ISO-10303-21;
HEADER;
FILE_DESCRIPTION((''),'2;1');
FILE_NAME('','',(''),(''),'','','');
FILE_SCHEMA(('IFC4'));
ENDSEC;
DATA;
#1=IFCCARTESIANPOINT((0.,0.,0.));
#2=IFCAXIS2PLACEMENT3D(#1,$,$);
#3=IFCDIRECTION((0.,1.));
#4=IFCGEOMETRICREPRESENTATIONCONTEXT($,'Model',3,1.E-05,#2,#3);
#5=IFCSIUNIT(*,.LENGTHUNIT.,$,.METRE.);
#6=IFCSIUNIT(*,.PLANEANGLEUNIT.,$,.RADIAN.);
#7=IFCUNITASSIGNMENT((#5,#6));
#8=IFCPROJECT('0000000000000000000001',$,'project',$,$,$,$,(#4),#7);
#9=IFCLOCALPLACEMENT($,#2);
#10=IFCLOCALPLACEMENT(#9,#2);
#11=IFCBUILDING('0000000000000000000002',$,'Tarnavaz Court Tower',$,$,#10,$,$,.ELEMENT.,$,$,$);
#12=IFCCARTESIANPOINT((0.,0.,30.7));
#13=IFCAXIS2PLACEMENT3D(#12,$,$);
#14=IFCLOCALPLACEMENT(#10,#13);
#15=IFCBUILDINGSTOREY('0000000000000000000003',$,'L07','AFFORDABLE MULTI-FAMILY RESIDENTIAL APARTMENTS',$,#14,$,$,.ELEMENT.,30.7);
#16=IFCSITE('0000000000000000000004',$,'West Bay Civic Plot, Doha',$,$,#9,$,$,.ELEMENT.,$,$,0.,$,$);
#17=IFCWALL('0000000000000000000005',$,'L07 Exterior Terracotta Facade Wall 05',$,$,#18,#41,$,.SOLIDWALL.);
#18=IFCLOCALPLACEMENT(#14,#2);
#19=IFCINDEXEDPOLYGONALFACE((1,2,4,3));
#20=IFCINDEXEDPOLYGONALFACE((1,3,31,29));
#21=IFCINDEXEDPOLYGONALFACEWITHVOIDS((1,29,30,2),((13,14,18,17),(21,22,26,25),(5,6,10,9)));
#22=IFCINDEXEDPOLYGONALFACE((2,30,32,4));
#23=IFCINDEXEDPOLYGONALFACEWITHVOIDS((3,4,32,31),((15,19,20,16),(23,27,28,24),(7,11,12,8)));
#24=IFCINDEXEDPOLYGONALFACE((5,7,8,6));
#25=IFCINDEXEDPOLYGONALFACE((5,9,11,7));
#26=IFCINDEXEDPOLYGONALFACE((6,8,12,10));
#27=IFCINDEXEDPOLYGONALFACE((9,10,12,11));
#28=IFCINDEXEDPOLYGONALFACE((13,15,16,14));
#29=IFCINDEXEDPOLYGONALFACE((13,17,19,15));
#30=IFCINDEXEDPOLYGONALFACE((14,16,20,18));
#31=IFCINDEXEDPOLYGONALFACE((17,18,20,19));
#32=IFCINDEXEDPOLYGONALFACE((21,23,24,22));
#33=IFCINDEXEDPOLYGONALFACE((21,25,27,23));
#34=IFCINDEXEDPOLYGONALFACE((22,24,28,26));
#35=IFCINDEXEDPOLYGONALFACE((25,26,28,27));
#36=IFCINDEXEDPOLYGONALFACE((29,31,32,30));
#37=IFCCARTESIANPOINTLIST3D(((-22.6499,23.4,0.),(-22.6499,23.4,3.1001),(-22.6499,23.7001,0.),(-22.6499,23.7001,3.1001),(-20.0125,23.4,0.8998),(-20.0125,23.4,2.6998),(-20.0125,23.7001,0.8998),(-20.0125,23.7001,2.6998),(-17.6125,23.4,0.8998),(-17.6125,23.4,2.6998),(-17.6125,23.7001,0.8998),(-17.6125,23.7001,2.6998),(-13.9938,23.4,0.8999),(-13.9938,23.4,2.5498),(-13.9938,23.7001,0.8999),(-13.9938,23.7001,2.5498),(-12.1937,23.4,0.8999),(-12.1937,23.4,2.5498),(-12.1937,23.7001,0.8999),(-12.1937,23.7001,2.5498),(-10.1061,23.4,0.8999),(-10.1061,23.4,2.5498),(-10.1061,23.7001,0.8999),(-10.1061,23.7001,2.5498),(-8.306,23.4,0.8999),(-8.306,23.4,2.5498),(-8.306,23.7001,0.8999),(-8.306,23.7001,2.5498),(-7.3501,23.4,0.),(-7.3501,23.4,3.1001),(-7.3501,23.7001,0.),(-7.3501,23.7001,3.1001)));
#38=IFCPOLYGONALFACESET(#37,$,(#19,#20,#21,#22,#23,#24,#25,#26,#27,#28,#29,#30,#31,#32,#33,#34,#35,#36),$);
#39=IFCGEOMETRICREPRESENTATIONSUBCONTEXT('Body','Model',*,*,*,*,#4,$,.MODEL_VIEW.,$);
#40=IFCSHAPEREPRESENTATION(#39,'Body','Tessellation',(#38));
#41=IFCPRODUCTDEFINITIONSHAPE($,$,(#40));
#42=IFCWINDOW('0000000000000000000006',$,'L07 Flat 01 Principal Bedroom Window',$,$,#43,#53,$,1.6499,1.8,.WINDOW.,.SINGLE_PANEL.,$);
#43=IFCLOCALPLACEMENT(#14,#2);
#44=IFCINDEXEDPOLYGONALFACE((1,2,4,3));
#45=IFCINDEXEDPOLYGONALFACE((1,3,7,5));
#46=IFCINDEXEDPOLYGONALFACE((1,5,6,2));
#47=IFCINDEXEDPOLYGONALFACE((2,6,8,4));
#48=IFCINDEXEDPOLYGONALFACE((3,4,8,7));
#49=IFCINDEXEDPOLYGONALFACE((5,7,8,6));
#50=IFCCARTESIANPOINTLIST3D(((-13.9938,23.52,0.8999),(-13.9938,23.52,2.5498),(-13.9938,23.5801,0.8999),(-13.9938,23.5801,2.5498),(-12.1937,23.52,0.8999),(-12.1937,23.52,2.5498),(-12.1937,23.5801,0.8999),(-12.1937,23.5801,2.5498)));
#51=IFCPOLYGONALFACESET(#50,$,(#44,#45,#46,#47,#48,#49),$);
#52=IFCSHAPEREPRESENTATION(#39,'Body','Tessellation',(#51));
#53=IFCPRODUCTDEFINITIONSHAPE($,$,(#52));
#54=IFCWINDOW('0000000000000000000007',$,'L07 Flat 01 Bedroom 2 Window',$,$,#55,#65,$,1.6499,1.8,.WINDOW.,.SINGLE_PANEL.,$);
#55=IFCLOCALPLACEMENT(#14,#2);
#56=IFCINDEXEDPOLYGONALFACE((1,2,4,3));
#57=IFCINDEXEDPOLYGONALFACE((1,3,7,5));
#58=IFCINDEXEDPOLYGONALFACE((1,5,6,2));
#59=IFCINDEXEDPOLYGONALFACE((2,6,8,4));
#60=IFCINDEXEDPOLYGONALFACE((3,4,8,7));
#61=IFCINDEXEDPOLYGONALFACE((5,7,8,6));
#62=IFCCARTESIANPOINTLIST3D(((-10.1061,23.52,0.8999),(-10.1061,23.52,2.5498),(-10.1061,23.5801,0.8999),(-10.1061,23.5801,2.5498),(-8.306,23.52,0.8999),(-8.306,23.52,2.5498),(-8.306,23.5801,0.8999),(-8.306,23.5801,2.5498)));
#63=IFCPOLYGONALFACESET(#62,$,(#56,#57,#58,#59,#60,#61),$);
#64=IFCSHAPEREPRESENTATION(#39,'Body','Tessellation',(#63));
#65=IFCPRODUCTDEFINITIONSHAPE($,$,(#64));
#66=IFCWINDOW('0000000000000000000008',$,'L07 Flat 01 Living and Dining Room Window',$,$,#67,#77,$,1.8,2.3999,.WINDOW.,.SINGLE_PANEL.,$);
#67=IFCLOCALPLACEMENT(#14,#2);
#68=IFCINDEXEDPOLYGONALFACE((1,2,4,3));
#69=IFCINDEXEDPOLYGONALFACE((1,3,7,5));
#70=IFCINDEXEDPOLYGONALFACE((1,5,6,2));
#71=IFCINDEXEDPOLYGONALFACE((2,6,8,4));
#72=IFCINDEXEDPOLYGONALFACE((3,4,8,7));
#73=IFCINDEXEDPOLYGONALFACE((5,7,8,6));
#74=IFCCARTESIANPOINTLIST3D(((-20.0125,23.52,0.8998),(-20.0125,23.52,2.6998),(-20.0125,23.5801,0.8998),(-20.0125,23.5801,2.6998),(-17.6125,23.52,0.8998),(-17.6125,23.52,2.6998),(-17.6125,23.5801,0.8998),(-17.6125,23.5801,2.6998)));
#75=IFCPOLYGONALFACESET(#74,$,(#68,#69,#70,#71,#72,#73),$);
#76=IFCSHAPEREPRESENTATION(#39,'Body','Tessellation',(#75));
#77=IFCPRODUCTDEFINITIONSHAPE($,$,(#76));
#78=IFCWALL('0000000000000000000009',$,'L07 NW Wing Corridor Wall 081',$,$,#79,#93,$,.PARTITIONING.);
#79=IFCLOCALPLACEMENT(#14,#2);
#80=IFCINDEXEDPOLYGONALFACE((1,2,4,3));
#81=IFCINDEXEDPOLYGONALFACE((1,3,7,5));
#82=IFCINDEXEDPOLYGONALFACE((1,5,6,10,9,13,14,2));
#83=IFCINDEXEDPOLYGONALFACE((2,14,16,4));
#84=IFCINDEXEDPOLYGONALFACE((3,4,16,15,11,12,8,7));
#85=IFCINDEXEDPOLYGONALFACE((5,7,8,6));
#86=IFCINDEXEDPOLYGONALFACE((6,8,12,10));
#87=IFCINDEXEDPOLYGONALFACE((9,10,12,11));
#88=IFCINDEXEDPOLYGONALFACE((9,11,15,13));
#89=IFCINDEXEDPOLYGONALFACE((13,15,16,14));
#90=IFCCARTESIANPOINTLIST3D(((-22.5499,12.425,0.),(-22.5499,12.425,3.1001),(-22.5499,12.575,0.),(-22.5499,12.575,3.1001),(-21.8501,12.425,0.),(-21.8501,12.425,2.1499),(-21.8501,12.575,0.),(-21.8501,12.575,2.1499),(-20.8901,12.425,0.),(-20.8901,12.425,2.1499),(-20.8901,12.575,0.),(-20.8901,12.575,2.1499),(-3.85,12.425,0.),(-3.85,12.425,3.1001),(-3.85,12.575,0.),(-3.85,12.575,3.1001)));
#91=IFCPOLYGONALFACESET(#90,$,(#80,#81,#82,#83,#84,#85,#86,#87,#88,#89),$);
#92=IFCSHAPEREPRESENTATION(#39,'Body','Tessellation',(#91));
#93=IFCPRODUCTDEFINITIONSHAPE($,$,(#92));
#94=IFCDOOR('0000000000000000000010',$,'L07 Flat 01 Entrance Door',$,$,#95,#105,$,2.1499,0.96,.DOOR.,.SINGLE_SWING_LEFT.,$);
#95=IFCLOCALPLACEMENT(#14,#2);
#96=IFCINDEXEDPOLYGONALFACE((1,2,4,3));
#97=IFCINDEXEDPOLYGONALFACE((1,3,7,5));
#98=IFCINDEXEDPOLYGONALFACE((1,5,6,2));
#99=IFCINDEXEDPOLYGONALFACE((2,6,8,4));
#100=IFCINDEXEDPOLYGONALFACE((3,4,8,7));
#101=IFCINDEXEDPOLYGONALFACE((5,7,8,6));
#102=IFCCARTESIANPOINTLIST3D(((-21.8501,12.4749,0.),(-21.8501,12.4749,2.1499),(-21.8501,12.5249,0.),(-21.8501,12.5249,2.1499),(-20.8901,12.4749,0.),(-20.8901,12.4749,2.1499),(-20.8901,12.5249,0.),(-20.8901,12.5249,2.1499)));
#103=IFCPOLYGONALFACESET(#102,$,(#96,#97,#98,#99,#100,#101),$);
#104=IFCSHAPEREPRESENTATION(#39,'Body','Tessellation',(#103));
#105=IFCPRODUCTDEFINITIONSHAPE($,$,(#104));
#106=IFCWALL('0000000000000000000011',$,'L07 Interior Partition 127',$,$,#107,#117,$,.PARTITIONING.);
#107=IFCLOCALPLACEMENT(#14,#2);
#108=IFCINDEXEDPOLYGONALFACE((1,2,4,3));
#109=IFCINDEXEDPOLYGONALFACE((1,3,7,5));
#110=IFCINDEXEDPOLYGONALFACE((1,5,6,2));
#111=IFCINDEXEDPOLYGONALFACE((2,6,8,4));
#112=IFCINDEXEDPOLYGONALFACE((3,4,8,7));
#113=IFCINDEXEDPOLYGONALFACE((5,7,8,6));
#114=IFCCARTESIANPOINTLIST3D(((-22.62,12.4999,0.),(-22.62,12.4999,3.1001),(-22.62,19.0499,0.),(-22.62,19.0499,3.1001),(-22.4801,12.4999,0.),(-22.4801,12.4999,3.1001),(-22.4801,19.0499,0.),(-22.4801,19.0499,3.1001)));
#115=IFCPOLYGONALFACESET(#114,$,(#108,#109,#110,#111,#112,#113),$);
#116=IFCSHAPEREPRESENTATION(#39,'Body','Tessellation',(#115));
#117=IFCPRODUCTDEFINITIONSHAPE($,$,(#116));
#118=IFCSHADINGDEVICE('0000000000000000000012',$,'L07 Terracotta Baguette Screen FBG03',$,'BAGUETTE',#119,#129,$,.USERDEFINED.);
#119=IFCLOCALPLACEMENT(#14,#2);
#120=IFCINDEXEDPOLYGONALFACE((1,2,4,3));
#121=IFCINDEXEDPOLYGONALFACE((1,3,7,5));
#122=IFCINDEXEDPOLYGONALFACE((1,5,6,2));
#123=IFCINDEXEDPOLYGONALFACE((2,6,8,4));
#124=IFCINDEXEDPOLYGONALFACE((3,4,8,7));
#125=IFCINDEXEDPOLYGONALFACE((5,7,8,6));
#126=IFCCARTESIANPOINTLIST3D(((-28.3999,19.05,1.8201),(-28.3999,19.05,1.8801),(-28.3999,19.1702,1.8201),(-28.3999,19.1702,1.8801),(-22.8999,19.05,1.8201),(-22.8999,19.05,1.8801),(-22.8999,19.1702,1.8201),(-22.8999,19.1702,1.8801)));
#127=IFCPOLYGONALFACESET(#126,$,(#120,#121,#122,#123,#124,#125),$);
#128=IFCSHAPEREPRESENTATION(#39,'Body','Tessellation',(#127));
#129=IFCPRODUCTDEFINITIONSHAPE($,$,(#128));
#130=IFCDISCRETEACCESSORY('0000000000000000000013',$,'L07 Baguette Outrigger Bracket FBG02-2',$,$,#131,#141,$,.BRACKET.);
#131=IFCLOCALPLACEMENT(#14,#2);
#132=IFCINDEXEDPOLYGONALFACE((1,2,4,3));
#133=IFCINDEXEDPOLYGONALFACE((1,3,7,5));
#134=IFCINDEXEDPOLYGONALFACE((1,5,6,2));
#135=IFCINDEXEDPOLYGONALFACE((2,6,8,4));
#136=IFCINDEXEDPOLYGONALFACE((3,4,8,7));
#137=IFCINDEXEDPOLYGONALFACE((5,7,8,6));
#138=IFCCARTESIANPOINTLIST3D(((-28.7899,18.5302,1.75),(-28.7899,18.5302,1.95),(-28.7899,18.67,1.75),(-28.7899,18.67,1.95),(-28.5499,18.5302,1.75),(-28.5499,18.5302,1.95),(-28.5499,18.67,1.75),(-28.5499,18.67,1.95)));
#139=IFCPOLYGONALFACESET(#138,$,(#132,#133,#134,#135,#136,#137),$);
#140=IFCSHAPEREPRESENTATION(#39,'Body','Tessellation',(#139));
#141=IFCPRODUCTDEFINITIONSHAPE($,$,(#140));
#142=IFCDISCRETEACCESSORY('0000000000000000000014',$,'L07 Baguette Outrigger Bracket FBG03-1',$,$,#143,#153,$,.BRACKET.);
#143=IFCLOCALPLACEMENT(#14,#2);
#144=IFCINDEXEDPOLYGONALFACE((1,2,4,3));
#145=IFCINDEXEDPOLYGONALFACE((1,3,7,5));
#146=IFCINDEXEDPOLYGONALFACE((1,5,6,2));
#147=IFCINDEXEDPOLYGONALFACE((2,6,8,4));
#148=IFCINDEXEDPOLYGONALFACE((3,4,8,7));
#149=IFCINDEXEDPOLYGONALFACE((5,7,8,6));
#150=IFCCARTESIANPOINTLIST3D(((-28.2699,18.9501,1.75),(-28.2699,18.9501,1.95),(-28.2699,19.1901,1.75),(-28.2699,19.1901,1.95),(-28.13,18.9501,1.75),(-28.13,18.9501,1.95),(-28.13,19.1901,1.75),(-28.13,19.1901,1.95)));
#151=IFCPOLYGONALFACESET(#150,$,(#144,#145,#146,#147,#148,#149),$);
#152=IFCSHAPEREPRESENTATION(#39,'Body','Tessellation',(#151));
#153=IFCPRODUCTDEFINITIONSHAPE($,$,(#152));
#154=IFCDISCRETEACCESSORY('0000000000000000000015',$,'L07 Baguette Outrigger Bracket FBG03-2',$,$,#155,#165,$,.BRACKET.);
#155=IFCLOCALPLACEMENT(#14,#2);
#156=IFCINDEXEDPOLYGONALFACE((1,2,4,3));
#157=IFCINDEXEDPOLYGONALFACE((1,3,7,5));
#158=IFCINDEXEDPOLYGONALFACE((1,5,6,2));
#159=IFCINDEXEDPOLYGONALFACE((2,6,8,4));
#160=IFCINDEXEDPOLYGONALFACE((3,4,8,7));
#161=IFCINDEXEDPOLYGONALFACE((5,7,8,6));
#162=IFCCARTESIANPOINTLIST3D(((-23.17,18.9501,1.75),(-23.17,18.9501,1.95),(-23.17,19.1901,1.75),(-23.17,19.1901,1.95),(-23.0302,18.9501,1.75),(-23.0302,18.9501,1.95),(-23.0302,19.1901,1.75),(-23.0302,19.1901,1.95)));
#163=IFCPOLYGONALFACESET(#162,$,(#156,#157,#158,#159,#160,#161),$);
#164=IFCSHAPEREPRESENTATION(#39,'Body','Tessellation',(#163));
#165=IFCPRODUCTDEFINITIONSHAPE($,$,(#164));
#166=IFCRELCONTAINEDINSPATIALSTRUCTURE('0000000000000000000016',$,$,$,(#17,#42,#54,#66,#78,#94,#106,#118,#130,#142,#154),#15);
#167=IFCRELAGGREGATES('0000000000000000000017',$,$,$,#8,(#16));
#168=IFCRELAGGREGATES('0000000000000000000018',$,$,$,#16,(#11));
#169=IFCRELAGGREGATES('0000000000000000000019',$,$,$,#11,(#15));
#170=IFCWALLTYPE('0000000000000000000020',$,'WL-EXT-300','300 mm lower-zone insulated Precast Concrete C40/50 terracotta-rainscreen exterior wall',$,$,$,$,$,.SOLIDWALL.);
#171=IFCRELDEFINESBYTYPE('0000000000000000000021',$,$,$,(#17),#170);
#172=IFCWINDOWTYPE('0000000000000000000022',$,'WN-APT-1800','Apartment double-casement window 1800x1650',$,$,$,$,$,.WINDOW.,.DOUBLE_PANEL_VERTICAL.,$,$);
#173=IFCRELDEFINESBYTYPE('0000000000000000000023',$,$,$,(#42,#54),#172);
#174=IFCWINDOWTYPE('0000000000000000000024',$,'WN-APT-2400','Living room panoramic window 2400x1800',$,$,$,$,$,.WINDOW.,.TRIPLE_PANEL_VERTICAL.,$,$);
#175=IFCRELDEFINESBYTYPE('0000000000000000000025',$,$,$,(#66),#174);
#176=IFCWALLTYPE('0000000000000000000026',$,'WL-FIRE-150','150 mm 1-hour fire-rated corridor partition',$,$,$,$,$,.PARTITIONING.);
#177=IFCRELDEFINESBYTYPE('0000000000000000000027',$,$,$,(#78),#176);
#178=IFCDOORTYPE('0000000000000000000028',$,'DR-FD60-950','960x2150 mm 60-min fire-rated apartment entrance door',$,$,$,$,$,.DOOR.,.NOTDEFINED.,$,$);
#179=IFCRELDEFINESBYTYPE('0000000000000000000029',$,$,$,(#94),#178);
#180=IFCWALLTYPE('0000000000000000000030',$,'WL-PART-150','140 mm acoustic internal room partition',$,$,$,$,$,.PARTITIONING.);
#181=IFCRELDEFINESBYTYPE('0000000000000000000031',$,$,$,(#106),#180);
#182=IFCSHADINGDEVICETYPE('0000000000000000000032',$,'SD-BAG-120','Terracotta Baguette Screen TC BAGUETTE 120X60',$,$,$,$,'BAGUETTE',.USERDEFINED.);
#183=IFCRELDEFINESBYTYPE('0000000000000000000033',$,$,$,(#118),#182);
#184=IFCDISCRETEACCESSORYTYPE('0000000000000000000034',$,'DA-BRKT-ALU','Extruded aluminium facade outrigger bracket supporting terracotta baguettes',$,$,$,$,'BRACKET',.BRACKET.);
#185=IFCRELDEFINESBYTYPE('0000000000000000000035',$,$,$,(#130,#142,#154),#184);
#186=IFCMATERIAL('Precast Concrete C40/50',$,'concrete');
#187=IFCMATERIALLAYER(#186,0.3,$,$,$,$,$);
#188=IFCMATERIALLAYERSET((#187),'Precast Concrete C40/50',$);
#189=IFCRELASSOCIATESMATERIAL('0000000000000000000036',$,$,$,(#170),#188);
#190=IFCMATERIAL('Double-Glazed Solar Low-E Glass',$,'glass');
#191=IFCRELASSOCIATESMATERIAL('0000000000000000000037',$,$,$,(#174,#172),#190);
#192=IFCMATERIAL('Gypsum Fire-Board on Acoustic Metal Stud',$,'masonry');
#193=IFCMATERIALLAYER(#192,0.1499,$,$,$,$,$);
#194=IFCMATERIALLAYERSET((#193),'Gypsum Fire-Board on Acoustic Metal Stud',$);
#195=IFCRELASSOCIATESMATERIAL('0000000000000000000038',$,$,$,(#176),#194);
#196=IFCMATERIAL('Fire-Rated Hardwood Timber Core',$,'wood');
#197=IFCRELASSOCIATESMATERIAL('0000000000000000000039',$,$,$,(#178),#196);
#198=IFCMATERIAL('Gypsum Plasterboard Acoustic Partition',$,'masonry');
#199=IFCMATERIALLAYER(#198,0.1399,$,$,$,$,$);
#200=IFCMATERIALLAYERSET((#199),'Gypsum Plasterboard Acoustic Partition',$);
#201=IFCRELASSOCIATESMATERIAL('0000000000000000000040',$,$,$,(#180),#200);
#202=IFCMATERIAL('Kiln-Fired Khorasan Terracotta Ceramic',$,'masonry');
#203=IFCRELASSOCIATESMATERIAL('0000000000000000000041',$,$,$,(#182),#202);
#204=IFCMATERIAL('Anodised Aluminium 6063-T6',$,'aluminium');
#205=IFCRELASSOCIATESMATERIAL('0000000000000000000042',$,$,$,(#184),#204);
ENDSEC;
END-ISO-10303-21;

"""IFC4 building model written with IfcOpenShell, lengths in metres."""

from ifc_helpers import new_model, si_unit, direction, frame, frame_2d, origin, origin_2d, place, context, subcontext, project, spatial, rectangle, extrude, material, layer, layer_set, material_profile, profile_set, type_object, element, fill, save


model = new_model("IFC4")

# Units and contexts
model_context = context("Model", 3, precision=1e-05, world=origin(), true_north=direction((0.0, 1.0)))
body_context = subcontext(model_context, "Body", "Model", "MODEL_VIEW")
ifc_project = project(units=[si_unit("LENGTHUNIT", "METRE"), si_unit("PLANEANGLEUNIT", "RADIAN")], contexts=[model_context])

# Site, building, storey
site_placement = place(None, origin())
site = spatial("IfcSite", under=ifc_project, at=site_placement, Name="West Bay Civic Plot, Doha", CompositionType="ELEMENT", RefElevation=0.0)
building_placement = place(site_placement, origin())
building = spatial("IfcBuilding", under=site, at=building_placement, Name="Tarnavaz Court Tower", CompositionType="ELEMENT")
storey_placement = place(building_placement, frame((0.0, 0.0, 30.7)))
storey = spatial("IfcBuildingStorey", under=building, at=storey_placement, Name="L07", Description="AFFORDABLE MULTI-FAMILY RESIDENTIAL APARTMENTS", CompositionType="ELEMENT", Elevation=30.7)

# Shared definitions
ifc_material_1 = material(Name="Precast Concrete C40/50", Category="concrete")
ifc_layer_1 = layer(ifc_material_1, 0.3)
ifc_layer_set_1 = layer_set([ifc_layer_1], Name="Precast Concrete C40/50")
wall_type_1 = type_object("IfcWallType", Name="WL-EXT-300", Description="300 mm lower-zone insulated Precast Concrete C40/50 terracotta-rainscreen exterior wall", PredefinedType="SOLIDWALL", material=ifc_layer_set_1)
ifc_material_2 = material(Name="Double-Glazed Solar Low-E Glass", Category="glass")
window_type_1 = type_object("IfcWindowType", Name="WN-APT-2400", Description="Living room panoramic window 2400x1800", PartitioningType="TRIPLE_PANEL_VERTICAL", PredefinedType="WINDOW", material=ifc_material_2)

# Wall, openings, windows
wall_1_placement = place(storey_placement, frame((-22.6499, 23.55, 0.0), z_axis=(0.0, 0.0, 1.0), x_axis=(1.0, 0.0, 0.0)))
wall_1 = element("IfcWall", 1, at=wall_1_placement, inside=storey, type_object=wall_type_1, Name="L07 Exterior Terracotta Facade Wall 05", PredefinedType="SOLIDWALL", context=body_context, shape_type="SweptSolid", body=[
    extrude(rectangle(XDim=15.2998, YDim=0.3, at=frame_2d((7.6499, 0.0))), origin(), (0.0, 0.0, 1.0), 3.1001),
])
opening_1_placement = place(wall_1_placement, frame((2.6375, 0.0, 0.8999)))
opening_1 = element("IfcOpeningElement", 2, at=opening_1_placement, cuts=wall_1, PredefinedType="OPENING", context=body_context, shape_type="SweptSolid", body=[
    extrude(rectangle(XDim=2.3999, YDim=1.8, at=frame_2d((1.2, 0.8999))), frame((0.0, 0.1599, 0.0), z_axis=(0.0, -1.0, 0.0), x_axis=(1.0, 0.0, 0.0)), (0.0, 0.0, 1.0), 0.3201),
])
opening_2_placement = place(wall_1_placement, frame((8.6562, 0.0, 0.8999)))
opening_2 = element("IfcOpeningElement", 3, at=opening_2_placement, cuts=wall_1, PredefinedType="OPENING", context=body_context, shape_type="SweptSolid", body=[
    extrude(rectangle(XDim=1.8, YDim=1.6499, at=frame_2d((0.8999, 0.825))), frame((0.0, 0.1599, 0.0), z_axis=(0.0, -1.0, 0.0), x_axis=(1.0, 0.0, 0.0)), (0.0, 0.0, 1.0), 0.3201),
])
opening_3_placement = place(wall_1_placement, frame((12.5439, 0.0, 0.8999)))
opening_3 = element("IfcOpeningElement", 4, at=opening_3_placement, cuts=wall_1, PredefinedType="OPENING", context=body_context, shape_type="SweptSolid", body=[
    extrude(rectangle(XDim=1.8, YDim=1.6499, at=frame_2d((0.8999, 0.825))), frame((0.0, 0.1599, 0.0), z_axis=(0.0, -1.0, 0.0), x_axis=(1.0, 0.0, 0.0)), (0.0, 0.0, 1.0), 0.3201),
])
window_type_2 = type_object("IfcWindowType", Name="WN-APT-1800", Description="Apartment double-casement window 1800x1650", PartitioningType="DOUBLE_PANEL_VERTICAL", PredefinedType="WINDOW", material=ifc_material_2)
window_1_placement = place(opening_2_placement, origin())
window_1 = element("IfcWindow", 5, at=window_1_placement, inside=storey, type_object=window_type_2, Name="L07 Flat 01 Principal Bedroom Window", OverallHeight=1.6499, OverallWidth=1.8, PartitioningType="SINGLE_PANEL", PredefinedType="WINDOW", context=body_context, shape_type="SweptSolid", body=[
    extrude(rectangle(XDim=1.8, YDim=1.6499, at=frame_2d((0.8999, 0.825))), frame((0.0, 0.03, 0.0), z_axis=(0.0, -1.0, 0.0), x_axis=(1.0, 0.0, 0.0)), (0.0, 0.0, 1.0), 0.0601),
])
fill(opening_2, window_1)
window_2_placement = place(opening_3_placement, origin())
window_2 = element("IfcWindow", 6, at=window_2_placement, inside=storey, type_object=window_type_2, Name="L07 Flat 01 Bedroom 2 Window", OverallHeight=1.6499, OverallWidth=1.8, PartitioningType="SINGLE_PANEL", PredefinedType="WINDOW", context=body_context, shape_type="SweptSolid", body=[
    extrude(rectangle(XDim=1.8, YDim=1.6499, at=frame_2d((0.8999, 0.825))), frame((0.0, 0.03, 0.0), z_axis=(0.0, -1.0, 0.0), x_axis=(1.0, 0.0, 0.0)), (0.0, 0.0, 1.0), 0.0601),
])
fill(opening_3, window_2)
window_3_placement = place(opening_1_placement, origin())
window_3 = element("IfcWindow", 7, at=window_3_placement, inside=storey, type_object=window_type_1, Name="L07 Flat 01 Living and Dining Room Window", OverallHeight=1.8, OverallWidth=2.3999, PartitioningType="SINGLE_PANEL", PredefinedType="WINDOW", context=body_context, shape_type="SweptSolid", body=[
    extrude(rectangle(XDim=2.3999, YDim=1.8, at=frame_2d((1.2, 0.8999))), frame((0.0, 0.03, 0.0), z_axis=(0.0, -1.0, 0.0), x_axis=(1.0, 0.0, 0.0)), (0.0, 0.0, 1.0), 0.0601),
])
fill(opening_1, window_3)

# Wall, opening, door
ifc_material_3 = material(Name="Gypsum Fire-Board on Acoustic Metal Stud", Category="masonry")
ifc_layer_2 = layer(ifc_material_3, 0.1499)
ifc_layer_set_2 = layer_set([ifc_layer_2], Name="Gypsum Fire-Board on Acoustic Metal Stud")
wall_type_2 = type_object("IfcWallType", Name="WL-FIRE-150", Description="150 mm 1-hour fire-rated corridor partition", PredefinedType="PARTITIONING", material=ifc_layer_set_2)
wall_2_placement = place(storey_placement, frame((-22.55, 12.5, 0.0), z_axis=(0.0, 0.0, 1.0), x_axis=(1.0, 0.0, 0.0)))
wall_2 = element("IfcWall", 8, at=wall_2_placement, inside=storey, type_object=wall_type_2, Name="L07 NW Wing Corridor Wall 081", PredefinedType="PARTITIONING", context=body_context, shape_type="SweptSolid", body=[
    extrude(rectangle(XDim=18.7, YDim=0.1499, at=frame_2d((9.3501, 0.0))), origin(), (0.0, 0.0, 1.0), 3.1001),
])
opening_4_placement = place(wall_2_placement, frame((0.7, 0.0, 0.0)))
opening_4 = element("IfcOpeningElement", 9, at=opening_4_placement, cuts=wall_2, PredefinedType="OPENING", context=body_context, shape_type="SweptSolid", body=[
    extrude(rectangle(XDim=0.96, YDim=2.1499, at=frame_2d((0.48, 1.075))), frame((0.0, 0.085, 0.0), z_axis=(0.0, -1.0, 0.0), x_axis=(1.0, 0.0, 0.0)), (0.0, 0.0, 1.0), 0.1699),
])
ifc_material_4 = material(Name="Fire-Rated Hardwood Timber Core", Category="wood")
door_type = type_object("IfcDoorType", Name="DR-FD60-950", Description="960x2150 mm 60-min fire-rated apartment entrance door", OperationType="NOTDEFINED", PredefinedType="DOOR", material=ifc_material_4)
door_placement = place(opening_4_placement, origin())
door = element("IfcDoor", 10, at=door_placement, inside=storey, type_object=door_type, Name="L07 Flat 01 Entrance Door", OperationType="SINGLE_SWING_LEFT", OverallHeight=2.1499, OverallWidth=0.96, PredefinedType="DOOR", context=body_context, shape_type="SweptSolid", body=[
    extrude(rectangle(XDim=0.96, YDim=2.1499, at=frame_2d((0.48, 1.075))), frame((0.0, 0.0249, 0.0), z_axis=(0.0, -1.0, 0.0), x_axis=(1.0, 0.0, 0.0)), (0.0, 0.0, 1.0), 0.05),
])
fill(opening_4, door)

# Wall
ifc_material_5 = material(Name="Gypsum Plasterboard Acoustic Partition", Category="masonry")
ifc_layer_3 = layer(ifc_material_5, 0.1399)
ifc_layer_set_3 = layer_set([ifc_layer_3], Name="Gypsum Plasterboard Acoustic Partition")
wall_type_3 = type_object("IfcWallType", Name="WL-PART-150", Description="140 mm acoustic internal room partition", PredefinedType="PARTITIONING", material=ifc_layer_set_3)
wall_3_placement = place(storey_placement, frame((-22.55, 12.5, 0.0), z_axis=(0.0, 0.0, 1.0), x_axis=(0.0, 1.0, 0.0)))
element("IfcWall", 11, at=wall_3_placement, inside=storey, type_object=wall_type_3, Name="L07 Interior Partition 127", PredefinedType="PARTITIONING", context=body_context, shape_type="SweptSolid", body=[
    extrude(rectangle(XDim=6.55, YDim=0.1399, at=frame_2d((3.2749, 0.0))), origin(), (0.0, 0.0, 1.0), 3.1001),
])

# Shading device
ifc_material_6 = material(Name="Kiln-Fired Khorasan Terracotta Ceramic", Category="masonry")
ifc_material_profile_1 = material_profile(ifc_material_6, rectangle(XDim=0.1201, YDim=0.0601, at=origin_2d()), Name="TC BAGUETTE 120X60")
ifc_profile_set_1 = profile_set([ifc_material_profile_1], Name="Kiln-Fired Khorasan Terracotta Ceramic")
shading_device_type = type_object("IfcShadingDeviceType", Name="SD-BAG-120", Description="Terracotta Baguette Screen TC BAGUETTE 120X60", ElementType="BAGUETTE", PredefinedType="USERDEFINED", material=ifc_profile_set_1)
shading_device_placement = place(storey_placement, frame((-28.3999, 19.1101, 1.8501), z_axis=(1.0, 0.0, 0.0), x_axis=(0.0, 1.0, 0.0)))
element("IfcShadingDevice", 12, at=shading_device_placement, inside=storey, type_object=shading_device_type, Name="L07 Terracotta Baguette Screen FBG03", ObjectType="BAGUETTE", PredefinedType="USERDEFINED", context=body_context, shape_type="SweptSolid", body=[
    extrude(rectangle(XDim=0.1201, YDim=0.0601, at=origin_2d()), origin(), (0.0, 0.0, 1.0), 5.5),
])

# Discrete accessories
ifc_material_7 = material(Name="Anodised Aluminium 6063-T6", Category="aluminium")
discrete_accessory_type = type_object("IfcDiscreteAccessoryType", Name="DA-BRKT-ALU", Description="Extruded aluminium facade outrigger bracket supporting terracotta baguettes", ElementType="BRACKET", PredefinedType="BRACKET", material=ifc_material_7)
for number, where, z_axis, x_axis, name in (
    (13, (-28.6699, 18.6001, 1.75), (0.0, 0.0, 1.0), (0.0, 1.0, 0.0), "L07 Baguette Outrigger Bracket FBG02-2"),
    (14, (-28.2, 19.0701, 1.75), (0.0, 0.0, 1.0), (1.0, 0.0, 0.0), "L07 Baguette Outrigger Bracket FBG03-1"),
    (15, (-23.1001, 19.0701, 1.75), (0.0, 0.0, 1.0), (1.0, 0.0, 0.0), "L07 Baguette Outrigger Bracket FBG03-2"),
):
    element("IfcDiscreteAccessory", number, at=place(storey_placement, frame(where, z_axis=z_axis, x_axis=x_axis)), inside=storey, type_object=discrete_accessory_type, Name=name, PredefinedType="BRACKET", context=body_context, shape_type="SweptSolid", body=[
        extrude(rectangle(XDim=0.1399, YDim=0.24, at=origin_2d()), origin(), (0.0, 0.0, 1.0), 0.2),
    ])

save(model, "model.ifc")
